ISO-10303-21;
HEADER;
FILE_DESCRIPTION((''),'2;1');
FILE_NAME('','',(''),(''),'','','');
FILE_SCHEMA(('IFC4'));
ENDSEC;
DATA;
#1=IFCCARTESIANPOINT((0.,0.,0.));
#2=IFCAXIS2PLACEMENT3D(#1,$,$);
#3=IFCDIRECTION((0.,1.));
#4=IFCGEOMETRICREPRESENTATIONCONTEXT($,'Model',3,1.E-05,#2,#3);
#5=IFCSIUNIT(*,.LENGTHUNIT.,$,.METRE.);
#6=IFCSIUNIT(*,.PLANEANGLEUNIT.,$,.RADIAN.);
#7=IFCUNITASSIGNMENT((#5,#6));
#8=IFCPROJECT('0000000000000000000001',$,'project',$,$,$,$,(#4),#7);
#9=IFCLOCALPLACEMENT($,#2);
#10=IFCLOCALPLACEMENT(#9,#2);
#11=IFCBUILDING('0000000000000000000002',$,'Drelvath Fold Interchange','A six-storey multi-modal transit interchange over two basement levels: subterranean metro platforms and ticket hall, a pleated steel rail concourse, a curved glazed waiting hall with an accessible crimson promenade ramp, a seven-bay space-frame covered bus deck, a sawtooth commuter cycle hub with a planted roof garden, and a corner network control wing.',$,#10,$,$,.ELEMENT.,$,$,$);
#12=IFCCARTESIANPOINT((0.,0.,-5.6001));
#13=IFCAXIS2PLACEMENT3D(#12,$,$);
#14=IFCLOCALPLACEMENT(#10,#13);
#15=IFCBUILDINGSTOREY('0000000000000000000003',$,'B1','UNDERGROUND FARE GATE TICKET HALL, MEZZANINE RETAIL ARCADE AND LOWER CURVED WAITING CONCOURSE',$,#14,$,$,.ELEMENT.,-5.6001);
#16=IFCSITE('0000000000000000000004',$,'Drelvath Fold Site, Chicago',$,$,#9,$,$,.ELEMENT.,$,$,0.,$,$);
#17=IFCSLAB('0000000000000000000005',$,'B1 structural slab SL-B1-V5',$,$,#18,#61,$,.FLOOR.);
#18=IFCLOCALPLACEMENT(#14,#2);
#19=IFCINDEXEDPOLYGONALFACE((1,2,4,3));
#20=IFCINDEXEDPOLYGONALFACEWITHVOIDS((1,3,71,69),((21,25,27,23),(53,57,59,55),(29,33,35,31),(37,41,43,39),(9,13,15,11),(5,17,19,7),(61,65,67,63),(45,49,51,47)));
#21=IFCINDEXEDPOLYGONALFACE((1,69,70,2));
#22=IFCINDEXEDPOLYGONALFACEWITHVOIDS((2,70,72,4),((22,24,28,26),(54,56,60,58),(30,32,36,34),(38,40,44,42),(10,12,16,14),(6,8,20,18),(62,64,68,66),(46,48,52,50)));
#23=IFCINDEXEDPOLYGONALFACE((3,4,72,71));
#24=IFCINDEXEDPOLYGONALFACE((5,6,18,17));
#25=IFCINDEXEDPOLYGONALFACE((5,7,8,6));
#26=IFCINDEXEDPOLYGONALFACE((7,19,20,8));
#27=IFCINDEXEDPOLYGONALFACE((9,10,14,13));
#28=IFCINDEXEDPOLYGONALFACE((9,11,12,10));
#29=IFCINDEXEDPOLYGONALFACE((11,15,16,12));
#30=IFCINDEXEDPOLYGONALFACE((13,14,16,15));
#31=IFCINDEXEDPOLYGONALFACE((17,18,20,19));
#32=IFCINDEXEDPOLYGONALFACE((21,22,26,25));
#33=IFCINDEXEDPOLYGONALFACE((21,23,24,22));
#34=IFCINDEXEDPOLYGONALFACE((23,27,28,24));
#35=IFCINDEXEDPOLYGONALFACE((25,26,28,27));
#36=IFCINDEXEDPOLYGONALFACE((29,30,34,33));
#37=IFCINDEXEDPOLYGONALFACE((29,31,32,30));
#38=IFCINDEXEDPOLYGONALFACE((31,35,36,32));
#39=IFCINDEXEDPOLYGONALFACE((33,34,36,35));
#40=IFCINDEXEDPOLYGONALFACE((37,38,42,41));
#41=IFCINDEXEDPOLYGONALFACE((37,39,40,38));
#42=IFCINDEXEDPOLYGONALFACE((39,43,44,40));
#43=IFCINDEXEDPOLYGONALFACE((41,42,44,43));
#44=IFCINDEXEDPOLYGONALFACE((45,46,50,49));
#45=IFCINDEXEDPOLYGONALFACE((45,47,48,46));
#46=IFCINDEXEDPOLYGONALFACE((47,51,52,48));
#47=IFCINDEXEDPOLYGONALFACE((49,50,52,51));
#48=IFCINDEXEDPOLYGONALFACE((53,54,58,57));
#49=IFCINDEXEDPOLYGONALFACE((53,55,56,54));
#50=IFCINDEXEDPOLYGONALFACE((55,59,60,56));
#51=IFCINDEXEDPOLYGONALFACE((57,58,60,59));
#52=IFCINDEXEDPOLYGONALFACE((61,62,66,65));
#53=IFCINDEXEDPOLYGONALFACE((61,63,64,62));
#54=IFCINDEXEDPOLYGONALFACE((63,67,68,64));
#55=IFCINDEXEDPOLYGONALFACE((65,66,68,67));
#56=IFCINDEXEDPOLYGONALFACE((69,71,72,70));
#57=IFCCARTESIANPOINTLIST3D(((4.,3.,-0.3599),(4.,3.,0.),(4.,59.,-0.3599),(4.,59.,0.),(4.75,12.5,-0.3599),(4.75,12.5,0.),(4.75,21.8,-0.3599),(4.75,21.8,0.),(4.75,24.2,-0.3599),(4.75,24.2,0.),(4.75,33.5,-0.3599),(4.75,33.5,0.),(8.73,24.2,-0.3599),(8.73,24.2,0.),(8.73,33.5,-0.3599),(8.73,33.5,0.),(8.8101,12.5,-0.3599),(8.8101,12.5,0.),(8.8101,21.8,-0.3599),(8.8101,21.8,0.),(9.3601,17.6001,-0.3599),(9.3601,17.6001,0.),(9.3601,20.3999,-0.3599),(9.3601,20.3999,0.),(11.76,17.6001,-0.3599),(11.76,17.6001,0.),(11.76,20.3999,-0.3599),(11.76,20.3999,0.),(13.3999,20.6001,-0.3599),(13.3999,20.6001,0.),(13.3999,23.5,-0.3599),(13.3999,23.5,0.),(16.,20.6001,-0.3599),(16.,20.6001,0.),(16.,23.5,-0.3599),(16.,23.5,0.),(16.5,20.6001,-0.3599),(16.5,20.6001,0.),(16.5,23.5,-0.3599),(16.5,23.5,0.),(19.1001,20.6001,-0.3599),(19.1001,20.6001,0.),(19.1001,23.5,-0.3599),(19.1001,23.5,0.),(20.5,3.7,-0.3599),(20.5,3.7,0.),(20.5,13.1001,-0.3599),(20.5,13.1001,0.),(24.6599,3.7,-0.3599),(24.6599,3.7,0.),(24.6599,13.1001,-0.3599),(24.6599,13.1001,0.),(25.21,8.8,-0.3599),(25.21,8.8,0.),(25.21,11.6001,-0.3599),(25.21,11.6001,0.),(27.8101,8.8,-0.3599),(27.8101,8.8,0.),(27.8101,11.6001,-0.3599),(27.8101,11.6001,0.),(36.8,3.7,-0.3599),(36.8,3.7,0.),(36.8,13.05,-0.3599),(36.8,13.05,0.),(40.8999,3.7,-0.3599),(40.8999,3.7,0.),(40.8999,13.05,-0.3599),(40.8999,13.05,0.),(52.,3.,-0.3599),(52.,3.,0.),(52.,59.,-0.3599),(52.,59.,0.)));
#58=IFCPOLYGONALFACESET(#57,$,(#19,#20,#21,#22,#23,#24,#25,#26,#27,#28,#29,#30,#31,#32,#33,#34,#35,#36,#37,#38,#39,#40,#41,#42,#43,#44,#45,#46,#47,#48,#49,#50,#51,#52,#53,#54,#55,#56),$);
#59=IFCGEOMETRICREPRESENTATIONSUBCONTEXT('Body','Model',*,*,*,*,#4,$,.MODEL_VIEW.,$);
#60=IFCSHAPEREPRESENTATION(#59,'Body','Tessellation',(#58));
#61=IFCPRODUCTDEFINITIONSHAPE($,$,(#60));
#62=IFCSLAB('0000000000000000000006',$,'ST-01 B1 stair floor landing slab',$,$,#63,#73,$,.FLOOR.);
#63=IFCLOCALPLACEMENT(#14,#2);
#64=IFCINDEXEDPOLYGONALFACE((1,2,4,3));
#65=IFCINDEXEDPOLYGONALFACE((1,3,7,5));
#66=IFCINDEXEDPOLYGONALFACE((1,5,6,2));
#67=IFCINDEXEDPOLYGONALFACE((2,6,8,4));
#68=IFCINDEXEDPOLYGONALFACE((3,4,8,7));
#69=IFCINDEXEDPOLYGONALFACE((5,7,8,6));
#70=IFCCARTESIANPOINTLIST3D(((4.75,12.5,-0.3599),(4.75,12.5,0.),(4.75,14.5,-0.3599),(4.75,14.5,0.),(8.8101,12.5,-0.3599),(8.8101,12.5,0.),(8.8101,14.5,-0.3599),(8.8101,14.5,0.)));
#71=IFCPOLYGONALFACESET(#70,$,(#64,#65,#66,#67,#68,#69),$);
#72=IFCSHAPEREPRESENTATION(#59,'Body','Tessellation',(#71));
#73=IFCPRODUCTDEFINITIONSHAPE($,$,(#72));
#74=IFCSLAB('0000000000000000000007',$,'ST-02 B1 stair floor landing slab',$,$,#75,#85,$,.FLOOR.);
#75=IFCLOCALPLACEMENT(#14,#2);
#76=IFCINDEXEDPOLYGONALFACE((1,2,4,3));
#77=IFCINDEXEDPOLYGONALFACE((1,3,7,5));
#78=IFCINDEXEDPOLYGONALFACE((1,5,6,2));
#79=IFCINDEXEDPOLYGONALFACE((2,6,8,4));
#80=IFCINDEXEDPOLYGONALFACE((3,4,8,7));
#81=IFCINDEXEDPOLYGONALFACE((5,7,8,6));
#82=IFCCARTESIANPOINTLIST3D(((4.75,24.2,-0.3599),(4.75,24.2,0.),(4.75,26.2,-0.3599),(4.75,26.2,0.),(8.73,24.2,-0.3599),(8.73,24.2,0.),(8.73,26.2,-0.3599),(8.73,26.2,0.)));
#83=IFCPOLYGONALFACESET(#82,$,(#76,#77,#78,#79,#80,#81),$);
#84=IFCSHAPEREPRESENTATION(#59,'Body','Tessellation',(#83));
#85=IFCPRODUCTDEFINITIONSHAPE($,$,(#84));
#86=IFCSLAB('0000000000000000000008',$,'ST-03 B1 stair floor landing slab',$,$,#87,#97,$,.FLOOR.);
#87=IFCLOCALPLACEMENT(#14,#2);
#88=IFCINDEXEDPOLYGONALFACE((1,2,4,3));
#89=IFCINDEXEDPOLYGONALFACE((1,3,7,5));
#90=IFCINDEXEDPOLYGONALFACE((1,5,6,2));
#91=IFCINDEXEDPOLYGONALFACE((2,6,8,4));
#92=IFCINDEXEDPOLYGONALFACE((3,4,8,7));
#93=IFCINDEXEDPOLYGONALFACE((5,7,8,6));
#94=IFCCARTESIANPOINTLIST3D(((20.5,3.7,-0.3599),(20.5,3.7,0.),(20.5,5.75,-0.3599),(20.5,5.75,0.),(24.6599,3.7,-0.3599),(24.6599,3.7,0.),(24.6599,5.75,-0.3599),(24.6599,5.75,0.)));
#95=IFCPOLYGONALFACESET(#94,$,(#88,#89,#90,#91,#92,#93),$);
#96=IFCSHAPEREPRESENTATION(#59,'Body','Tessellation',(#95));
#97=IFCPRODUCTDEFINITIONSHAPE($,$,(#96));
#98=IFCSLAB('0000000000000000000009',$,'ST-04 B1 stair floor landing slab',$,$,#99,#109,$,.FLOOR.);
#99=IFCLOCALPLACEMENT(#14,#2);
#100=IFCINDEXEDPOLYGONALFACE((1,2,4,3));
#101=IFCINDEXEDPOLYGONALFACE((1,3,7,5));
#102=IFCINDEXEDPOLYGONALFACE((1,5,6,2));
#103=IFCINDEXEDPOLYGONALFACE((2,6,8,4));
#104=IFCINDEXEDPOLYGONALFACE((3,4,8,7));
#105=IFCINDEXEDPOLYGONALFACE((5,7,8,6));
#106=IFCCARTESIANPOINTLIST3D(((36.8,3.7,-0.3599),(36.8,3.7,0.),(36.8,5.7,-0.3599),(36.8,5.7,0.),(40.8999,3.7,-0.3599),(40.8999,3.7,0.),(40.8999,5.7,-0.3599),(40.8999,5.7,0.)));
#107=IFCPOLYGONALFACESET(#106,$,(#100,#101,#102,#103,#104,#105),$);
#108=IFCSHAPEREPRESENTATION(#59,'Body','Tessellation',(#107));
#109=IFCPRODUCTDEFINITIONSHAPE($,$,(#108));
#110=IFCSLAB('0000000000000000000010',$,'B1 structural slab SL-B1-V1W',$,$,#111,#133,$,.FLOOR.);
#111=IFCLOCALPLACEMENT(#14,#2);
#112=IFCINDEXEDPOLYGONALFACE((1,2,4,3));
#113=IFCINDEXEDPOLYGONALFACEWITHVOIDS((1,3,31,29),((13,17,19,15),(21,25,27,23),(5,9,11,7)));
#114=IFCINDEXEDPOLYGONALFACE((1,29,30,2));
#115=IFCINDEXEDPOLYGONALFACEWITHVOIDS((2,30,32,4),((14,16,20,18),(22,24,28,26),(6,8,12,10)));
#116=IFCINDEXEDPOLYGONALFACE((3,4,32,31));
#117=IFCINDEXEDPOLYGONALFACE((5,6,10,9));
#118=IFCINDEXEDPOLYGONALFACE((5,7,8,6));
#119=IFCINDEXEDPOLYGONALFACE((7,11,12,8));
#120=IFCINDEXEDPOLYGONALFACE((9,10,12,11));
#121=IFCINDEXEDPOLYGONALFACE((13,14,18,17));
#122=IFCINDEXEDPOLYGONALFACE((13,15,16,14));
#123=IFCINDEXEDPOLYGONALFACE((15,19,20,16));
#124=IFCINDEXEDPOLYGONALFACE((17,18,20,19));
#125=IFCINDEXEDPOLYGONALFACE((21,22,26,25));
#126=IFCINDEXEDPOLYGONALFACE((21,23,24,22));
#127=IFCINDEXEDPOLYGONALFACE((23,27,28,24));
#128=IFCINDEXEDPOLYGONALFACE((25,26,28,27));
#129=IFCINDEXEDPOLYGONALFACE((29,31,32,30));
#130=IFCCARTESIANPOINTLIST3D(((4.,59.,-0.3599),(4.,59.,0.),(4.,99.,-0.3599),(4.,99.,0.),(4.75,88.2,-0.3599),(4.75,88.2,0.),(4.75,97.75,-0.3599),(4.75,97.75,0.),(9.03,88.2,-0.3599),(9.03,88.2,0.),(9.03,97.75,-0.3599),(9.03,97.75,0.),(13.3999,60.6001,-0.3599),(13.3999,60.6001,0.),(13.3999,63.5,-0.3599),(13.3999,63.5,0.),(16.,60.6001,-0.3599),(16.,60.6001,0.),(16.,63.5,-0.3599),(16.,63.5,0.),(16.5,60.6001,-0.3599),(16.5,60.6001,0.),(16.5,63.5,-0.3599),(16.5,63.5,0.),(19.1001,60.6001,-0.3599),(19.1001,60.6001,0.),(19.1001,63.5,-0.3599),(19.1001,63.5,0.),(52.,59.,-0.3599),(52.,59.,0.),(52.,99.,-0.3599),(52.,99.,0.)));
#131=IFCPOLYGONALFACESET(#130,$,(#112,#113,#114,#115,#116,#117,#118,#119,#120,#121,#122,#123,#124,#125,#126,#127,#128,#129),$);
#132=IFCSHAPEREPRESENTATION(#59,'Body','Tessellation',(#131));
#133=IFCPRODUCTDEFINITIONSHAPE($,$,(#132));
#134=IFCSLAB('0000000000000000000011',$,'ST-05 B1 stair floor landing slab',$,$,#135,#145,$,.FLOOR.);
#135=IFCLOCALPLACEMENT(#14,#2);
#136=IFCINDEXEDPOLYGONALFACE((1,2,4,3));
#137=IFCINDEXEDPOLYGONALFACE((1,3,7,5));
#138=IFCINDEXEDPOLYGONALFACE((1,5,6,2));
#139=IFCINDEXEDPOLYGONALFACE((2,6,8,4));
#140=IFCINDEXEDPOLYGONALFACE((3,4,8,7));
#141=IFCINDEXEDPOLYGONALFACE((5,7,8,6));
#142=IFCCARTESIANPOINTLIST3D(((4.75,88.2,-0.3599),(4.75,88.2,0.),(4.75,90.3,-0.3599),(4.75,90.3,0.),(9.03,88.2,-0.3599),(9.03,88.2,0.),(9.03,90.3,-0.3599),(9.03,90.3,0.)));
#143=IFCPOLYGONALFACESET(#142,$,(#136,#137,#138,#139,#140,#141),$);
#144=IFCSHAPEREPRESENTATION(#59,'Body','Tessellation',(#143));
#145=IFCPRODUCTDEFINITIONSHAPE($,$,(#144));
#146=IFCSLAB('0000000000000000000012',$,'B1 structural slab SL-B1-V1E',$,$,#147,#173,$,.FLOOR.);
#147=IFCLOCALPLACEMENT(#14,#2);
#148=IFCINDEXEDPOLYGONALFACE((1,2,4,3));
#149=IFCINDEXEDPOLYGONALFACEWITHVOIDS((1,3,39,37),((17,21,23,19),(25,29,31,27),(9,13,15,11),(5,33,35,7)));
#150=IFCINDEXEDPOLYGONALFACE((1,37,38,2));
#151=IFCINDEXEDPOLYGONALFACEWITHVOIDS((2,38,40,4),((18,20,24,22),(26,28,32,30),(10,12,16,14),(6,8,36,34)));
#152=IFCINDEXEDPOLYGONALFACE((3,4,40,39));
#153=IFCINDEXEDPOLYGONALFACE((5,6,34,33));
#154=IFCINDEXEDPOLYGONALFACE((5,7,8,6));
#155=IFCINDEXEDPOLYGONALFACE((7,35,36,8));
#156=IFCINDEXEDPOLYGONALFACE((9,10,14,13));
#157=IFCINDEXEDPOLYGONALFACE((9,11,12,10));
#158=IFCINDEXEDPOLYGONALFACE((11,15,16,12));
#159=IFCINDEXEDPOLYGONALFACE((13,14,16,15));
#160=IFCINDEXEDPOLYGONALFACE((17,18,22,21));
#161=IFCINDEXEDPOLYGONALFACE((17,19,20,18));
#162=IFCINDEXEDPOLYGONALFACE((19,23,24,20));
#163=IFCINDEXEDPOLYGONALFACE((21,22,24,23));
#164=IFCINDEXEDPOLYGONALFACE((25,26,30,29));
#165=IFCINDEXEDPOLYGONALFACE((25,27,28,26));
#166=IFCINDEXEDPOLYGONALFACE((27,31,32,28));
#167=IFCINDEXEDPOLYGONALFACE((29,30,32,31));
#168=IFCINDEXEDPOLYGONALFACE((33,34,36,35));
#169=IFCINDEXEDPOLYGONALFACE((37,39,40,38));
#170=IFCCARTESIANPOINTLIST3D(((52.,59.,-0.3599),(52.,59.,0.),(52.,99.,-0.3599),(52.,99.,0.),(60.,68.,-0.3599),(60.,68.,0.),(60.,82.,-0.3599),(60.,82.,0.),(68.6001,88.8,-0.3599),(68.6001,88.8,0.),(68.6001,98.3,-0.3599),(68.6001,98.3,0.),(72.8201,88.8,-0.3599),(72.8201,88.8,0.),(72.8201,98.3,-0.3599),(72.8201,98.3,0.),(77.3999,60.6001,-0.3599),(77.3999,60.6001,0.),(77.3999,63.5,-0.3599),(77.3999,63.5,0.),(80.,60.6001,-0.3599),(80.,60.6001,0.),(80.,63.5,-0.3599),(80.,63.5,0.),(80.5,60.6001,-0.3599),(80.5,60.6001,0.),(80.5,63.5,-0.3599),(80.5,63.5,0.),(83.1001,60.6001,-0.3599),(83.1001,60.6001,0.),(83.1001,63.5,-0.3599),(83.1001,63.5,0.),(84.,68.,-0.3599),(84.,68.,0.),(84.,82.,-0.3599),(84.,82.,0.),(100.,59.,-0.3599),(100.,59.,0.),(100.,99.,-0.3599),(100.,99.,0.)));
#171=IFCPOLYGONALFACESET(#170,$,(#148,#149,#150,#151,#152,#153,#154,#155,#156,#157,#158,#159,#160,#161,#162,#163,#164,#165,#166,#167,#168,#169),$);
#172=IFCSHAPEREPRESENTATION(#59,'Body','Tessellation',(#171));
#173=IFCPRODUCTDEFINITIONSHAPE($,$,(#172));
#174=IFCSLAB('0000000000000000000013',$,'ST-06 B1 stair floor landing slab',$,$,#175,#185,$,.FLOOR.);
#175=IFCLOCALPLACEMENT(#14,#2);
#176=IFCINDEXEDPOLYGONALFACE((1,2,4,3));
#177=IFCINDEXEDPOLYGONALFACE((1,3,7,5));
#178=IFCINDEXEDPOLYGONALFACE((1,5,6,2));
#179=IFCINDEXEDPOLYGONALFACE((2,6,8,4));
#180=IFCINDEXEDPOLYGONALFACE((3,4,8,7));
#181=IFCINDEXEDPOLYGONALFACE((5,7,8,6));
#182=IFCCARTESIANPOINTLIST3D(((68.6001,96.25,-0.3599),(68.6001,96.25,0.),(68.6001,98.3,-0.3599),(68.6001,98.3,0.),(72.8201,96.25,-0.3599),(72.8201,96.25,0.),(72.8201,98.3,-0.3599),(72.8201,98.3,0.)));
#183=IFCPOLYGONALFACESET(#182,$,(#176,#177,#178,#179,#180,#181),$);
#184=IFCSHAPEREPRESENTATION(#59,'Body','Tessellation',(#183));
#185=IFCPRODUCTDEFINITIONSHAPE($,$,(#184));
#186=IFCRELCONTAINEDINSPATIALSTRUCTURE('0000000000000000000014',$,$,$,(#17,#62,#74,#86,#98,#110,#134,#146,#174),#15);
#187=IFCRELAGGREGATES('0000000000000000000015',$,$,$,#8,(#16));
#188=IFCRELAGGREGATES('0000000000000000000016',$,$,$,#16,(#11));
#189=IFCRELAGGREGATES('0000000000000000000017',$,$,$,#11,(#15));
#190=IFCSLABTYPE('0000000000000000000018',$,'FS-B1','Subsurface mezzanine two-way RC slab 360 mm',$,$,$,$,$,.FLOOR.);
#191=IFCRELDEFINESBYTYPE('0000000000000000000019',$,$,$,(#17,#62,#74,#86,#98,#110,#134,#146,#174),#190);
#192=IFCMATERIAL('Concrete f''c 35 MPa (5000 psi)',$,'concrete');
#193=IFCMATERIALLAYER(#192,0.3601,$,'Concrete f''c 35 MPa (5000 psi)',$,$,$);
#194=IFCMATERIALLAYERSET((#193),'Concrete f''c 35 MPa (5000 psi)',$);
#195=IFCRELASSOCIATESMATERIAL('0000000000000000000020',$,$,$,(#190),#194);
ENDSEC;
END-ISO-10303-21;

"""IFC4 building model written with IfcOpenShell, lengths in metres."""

from ifc_helpers import new_model, si_unit, direction, frame, origin, place, context, subcontext, project, spatial, polyline, outline, extrude, material, layer, layer_set, type_object, element, save


model = new_model("IFC4")

# Units and contexts
model_context = context("Model", 3, precision=1e-05, world=origin(), true_north=direction((0.0, 1.0)))
body_context = subcontext(model_context, "Body", "Model", "MODEL_VIEW")
ifc_project = project(units=[si_unit("LENGTHUNIT", "METRE"), si_unit("PLANEANGLEUNIT", "RADIAN")], contexts=[model_context])

# Site, building, storey
site_placement = place(None, origin())
site = spatial("IfcSite", under=ifc_project, at=site_placement, Name="Drelvath Fold Site, Chicago", CompositionType="ELEMENT", RefElevation=0.0)
building_placement = place(site_placement, origin())
building = spatial("IfcBuilding", under=site, at=building_placement, Name="Drelvath Fold Interchange", Description="A six-storey multi-modal transit interchange over two basement levels: subterranean metro platforms and ticket hall, a pleated steel rail concourse, a curved glazed waiting hall with an accessible crimson promenade ramp, a seven-bay space-frame covered bus deck, a sawtooth commuter cycle hub with a planted roof garden, and a corner network control wing.", CompositionType="ELEMENT")
storey_placement = place(building_placement, frame((0.0, 0.0, -5.6001)))
storey = spatial("IfcBuildingStorey", under=building, at=storey_placement, Name="B1", Description="UNDERGROUND FARE GATE TICKET HALL, MEZZANINE RETAIL ARCADE AND LOWER CURVED WAITING CONCOURSE", CompositionType="ELEMENT", Elevation=-5.6001)

# Slabs
ifc_material_1 = material(Name="Concrete f'c 35 MPa (5000 psi)", Category="concrete")
ifc_layer_1 = layer(ifc_material_1, 0.3601, Name="Concrete f'c 35 MPa (5000 psi)")
ifc_layer_set_1 = layer_set([ifc_layer_1], Name="Concrete f'c 35 MPa (5000 psi)")
slab_type_1 = type_object("IfcSlabType", Name="FS-B1", Description="Subsurface mezzanine two-way RC slab 360 mm", PredefinedType="FLOOR", material=ifc_layer_set_1)
slab_1_placement = place(storey_placement, frame((0.0, 0.0, -0.3599)))
element("IfcSlab", 1, at=slab_1_placement, inside=storey, type_object=slab_type_1, Name="B1 structural slab SL-B1-V5", PredefinedType="FLOOR", context=body_context, shape_type="SweptSolid", body=[
    extrude(outline(polyline([(4.0, 3.0), (52.0, 3.0), (52.0, 59.0), (4.0, 59.0), (4.0, 3.0)]), holes=[polyline([(4.75, 12.5), (4.75, 21.8), (8.8101, 21.8), (8.8101, 12.5), (4.75, 12.5)]), polyline([(4.75, 24.2), (4.75, 33.5), (8.73, 33.5), (8.73, 24.2), (4.75, 24.2)]), polyline([(20.5, 3.7), (20.5, 13.1001), (24.6599, 13.1001), (24.6599, 3.7), (20.5, 3.7)]), polyline([(36.8, 3.7), (36.8, 13.05), (40.8999, 13.05), (40.8999, 3.7), (36.8, 3.7)]), polyline([(9.3601, 17.6001), (9.3601, 20.3999), (11.76, 20.3999), (11.76, 17.6001), (9.3601, 17.6001)]), polyline([(25.21, 8.8), (25.21, 11.6001), (27.8101, 11.6001), (27.8101, 8.8), (25.21, 8.8)]), polyline([(13.3999, 20.6001), (13.3999, 23.5), (16.0, 23.5), (16.0, 20.6001), (13.3999, 20.6001)]), polyline([(16.5, 20.6001), (16.5, 23.5), (19.1001, 23.5), (19.1001, 20.6001), (16.5, 20.6001)])]), origin(), (0.0, 0.0, 1.0), 0.3599),
])
slab_2_placement = place(storey_placement, frame((0.0, 0.0, -0.3599)))
element("IfcSlab", 2, at=slab_2_placement, inside=storey, type_object=slab_type_1, Name="ST-01 B1 stair floor landing slab", PredefinedType="FLOOR", context=body_context, shape_type="SweptSolid", body=[
    extrude(outline(polyline([(4.75, 12.5), (8.8101, 12.5), (8.8101, 14.5), (4.75, 14.5), (4.75, 12.5)])), origin(), (0.0, 0.0, 1.0), 0.3599),
])
slab_3_placement = place(storey_placement, frame((0.0, 0.0, -0.3599)))
element("IfcSlab", 3, at=slab_3_placement, inside=storey, type_object=slab_type_1, Name="ST-02 B1 stair floor landing slab", PredefinedType="FLOOR", context=body_context, shape_type="SweptSolid", body=[
    extrude(outline(polyline([(4.75, 24.2), (8.73, 24.2), (8.73, 26.2), (4.75, 26.2), (4.75, 24.2)])), origin(), (0.0, 0.0, 1.0), 0.3599),
])
slab_4_placement = place(storey_placement, frame((0.0, 0.0, -0.3599)))
element("IfcSlab", 4, at=slab_4_placement, inside=storey, type_object=slab_type_1, Name="ST-03 B1 stair floor landing slab", PredefinedType="FLOOR", context=body_context, shape_type="SweptSolid", body=[
    extrude(outline(polyline([(20.5, 3.7), (24.6599, 3.7), (24.6599, 5.75), (20.5, 5.75), (20.5, 3.7)])), origin(), (0.0, 0.0, 1.0), 0.3599),
])
slab_5_placement = place(storey_placement, frame((0.0, 0.0, -0.3599)))
element("IfcSlab", 5, at=slab_5_placement, inside=storey, type_object=slab_type_1, Name="ST-04 B1 stair floor landing slab", PredefinedType="FLOOR", context=body_context, shape_type="SweptSolid", body=[
    extrude(outline(polyline([(36.8, 3.7), (40.8999, 3.7), (40.8999, 5.7), (36.8, 5.7), (36.8, 3.7)])), origin(), (0.0, 0.0, 1.0), 0.3599),
])
slab_6_placement = place(storey_placement, frame((0.0, 0.0, -0.3599)))
element("IfcSlab", 6, at=slab_6_placement, inside=storey, type_object=slab_type_1, Name="B1 structural slab SL-B1-V1W", PredefinedType="FLOOR", context=body_context, shape_type="SweptSolid", body=[
    extrude(outline(polyline([(4.0, 59.0), (52.0, 59.0), (52.0, 99.0), (4.0, 99.0), (4.0, 59.0)]), holes=[polyline([(4.75, 88.2), (4.75, 97.75), (9.03, 97.75), (9.03, 88.2), (4.75, 88.2)]), polyline([(13.3999, 60.6001), (13.3999, 63.5), (16.0, 63.5), (16.0, 60.6001), (13.3999, 60.6001)]), polyline([(16.5, 60.6001), (16.5, 63.5), (19.1001, 63.5), (19.1001, 60.6001), (16.5, 60.6001)])]), origin(), (0.0, 0.0, 1.0), 0.3599),
])
slab_7_placement = place(storey_placement, frame((0.0, 0.0, -0.3599)))
element("IfcSlab", 7, at=slab_7_placement, inside=storey, type_object=slab_type_1, Name="ST-05 B1 stair floor landing slab", PredefinedType="FLOOR", context=body_context, shape_type="SweptSolid", body=[
    extrude(outline(polyline([(4.75, 88.2), (9.03, 88.2), (9.03, 90.3), (4.75, 90.3), (4.75, 88.2)])), origin(), (0.0, 0.0, 1.0), 0.3599),
])
slab_8_placement = place(storey_placement, frame((0.0, 0.0, -0.3599)))
element("IfcSlab", 8, at=slab_8_placement, inside=storey, type_object=slab_type_1, Name="B1 structural slab SL-B1-V1E", PredefinedType="FLOOR", context=body_context, shape_type="SweptSolid", body=[
    extrude(outline(polyline([(52.0, 59.0), (100.0, 59.0), (100.0, 99.0), (52.0, 99.0), (52.0, 59.0)]), holes=[polyline([(60.0, 68.0), (60.0, 82.0), (84.0, 82.0), (84.0, 68.0), (60.0, 68.0)]), polyline([(68.6001, 88.8), (68.6001, 98.3), (72.8201, 98.3), (72.8201, 88.8), (68.6001, 88.8)]), polyline([(77.3999, 60.6001), (77.3999, 63.5), (80.0, 63.5), (80.0, 60.6001), (77.3999, 60.6001)]), polyline([(80.5, 60.6001), (80.5, 63.5), (83.1001, 63.5), (83.1001, 60.6001), (80.5, 60.6001)])]), origin(), (0.0, 0.0, 1.0), 0.3599),
])
slab_9_placement = place(storey_placement, frame((0.0, 0.0, -0.3599)))
element("IfcSlab", 9, at=slab_9_placement, inside=storey, type_object=slab_type_1, Name="ST-06 B1 stair floor landing slab", PredefinedType="FLOOR", context=body_context, shape_type="SweptSolid", body=[
    extrude(outline(polyline([(68.6001, 96.25), (72.8201, 96.25), (72.8201, 98.3), (68.6001, 98.3), (68.6001, 96.25)])), origin(), (0.0, 0.0, 1.0), 0.3599),
])

save(model, "model.ifc")
